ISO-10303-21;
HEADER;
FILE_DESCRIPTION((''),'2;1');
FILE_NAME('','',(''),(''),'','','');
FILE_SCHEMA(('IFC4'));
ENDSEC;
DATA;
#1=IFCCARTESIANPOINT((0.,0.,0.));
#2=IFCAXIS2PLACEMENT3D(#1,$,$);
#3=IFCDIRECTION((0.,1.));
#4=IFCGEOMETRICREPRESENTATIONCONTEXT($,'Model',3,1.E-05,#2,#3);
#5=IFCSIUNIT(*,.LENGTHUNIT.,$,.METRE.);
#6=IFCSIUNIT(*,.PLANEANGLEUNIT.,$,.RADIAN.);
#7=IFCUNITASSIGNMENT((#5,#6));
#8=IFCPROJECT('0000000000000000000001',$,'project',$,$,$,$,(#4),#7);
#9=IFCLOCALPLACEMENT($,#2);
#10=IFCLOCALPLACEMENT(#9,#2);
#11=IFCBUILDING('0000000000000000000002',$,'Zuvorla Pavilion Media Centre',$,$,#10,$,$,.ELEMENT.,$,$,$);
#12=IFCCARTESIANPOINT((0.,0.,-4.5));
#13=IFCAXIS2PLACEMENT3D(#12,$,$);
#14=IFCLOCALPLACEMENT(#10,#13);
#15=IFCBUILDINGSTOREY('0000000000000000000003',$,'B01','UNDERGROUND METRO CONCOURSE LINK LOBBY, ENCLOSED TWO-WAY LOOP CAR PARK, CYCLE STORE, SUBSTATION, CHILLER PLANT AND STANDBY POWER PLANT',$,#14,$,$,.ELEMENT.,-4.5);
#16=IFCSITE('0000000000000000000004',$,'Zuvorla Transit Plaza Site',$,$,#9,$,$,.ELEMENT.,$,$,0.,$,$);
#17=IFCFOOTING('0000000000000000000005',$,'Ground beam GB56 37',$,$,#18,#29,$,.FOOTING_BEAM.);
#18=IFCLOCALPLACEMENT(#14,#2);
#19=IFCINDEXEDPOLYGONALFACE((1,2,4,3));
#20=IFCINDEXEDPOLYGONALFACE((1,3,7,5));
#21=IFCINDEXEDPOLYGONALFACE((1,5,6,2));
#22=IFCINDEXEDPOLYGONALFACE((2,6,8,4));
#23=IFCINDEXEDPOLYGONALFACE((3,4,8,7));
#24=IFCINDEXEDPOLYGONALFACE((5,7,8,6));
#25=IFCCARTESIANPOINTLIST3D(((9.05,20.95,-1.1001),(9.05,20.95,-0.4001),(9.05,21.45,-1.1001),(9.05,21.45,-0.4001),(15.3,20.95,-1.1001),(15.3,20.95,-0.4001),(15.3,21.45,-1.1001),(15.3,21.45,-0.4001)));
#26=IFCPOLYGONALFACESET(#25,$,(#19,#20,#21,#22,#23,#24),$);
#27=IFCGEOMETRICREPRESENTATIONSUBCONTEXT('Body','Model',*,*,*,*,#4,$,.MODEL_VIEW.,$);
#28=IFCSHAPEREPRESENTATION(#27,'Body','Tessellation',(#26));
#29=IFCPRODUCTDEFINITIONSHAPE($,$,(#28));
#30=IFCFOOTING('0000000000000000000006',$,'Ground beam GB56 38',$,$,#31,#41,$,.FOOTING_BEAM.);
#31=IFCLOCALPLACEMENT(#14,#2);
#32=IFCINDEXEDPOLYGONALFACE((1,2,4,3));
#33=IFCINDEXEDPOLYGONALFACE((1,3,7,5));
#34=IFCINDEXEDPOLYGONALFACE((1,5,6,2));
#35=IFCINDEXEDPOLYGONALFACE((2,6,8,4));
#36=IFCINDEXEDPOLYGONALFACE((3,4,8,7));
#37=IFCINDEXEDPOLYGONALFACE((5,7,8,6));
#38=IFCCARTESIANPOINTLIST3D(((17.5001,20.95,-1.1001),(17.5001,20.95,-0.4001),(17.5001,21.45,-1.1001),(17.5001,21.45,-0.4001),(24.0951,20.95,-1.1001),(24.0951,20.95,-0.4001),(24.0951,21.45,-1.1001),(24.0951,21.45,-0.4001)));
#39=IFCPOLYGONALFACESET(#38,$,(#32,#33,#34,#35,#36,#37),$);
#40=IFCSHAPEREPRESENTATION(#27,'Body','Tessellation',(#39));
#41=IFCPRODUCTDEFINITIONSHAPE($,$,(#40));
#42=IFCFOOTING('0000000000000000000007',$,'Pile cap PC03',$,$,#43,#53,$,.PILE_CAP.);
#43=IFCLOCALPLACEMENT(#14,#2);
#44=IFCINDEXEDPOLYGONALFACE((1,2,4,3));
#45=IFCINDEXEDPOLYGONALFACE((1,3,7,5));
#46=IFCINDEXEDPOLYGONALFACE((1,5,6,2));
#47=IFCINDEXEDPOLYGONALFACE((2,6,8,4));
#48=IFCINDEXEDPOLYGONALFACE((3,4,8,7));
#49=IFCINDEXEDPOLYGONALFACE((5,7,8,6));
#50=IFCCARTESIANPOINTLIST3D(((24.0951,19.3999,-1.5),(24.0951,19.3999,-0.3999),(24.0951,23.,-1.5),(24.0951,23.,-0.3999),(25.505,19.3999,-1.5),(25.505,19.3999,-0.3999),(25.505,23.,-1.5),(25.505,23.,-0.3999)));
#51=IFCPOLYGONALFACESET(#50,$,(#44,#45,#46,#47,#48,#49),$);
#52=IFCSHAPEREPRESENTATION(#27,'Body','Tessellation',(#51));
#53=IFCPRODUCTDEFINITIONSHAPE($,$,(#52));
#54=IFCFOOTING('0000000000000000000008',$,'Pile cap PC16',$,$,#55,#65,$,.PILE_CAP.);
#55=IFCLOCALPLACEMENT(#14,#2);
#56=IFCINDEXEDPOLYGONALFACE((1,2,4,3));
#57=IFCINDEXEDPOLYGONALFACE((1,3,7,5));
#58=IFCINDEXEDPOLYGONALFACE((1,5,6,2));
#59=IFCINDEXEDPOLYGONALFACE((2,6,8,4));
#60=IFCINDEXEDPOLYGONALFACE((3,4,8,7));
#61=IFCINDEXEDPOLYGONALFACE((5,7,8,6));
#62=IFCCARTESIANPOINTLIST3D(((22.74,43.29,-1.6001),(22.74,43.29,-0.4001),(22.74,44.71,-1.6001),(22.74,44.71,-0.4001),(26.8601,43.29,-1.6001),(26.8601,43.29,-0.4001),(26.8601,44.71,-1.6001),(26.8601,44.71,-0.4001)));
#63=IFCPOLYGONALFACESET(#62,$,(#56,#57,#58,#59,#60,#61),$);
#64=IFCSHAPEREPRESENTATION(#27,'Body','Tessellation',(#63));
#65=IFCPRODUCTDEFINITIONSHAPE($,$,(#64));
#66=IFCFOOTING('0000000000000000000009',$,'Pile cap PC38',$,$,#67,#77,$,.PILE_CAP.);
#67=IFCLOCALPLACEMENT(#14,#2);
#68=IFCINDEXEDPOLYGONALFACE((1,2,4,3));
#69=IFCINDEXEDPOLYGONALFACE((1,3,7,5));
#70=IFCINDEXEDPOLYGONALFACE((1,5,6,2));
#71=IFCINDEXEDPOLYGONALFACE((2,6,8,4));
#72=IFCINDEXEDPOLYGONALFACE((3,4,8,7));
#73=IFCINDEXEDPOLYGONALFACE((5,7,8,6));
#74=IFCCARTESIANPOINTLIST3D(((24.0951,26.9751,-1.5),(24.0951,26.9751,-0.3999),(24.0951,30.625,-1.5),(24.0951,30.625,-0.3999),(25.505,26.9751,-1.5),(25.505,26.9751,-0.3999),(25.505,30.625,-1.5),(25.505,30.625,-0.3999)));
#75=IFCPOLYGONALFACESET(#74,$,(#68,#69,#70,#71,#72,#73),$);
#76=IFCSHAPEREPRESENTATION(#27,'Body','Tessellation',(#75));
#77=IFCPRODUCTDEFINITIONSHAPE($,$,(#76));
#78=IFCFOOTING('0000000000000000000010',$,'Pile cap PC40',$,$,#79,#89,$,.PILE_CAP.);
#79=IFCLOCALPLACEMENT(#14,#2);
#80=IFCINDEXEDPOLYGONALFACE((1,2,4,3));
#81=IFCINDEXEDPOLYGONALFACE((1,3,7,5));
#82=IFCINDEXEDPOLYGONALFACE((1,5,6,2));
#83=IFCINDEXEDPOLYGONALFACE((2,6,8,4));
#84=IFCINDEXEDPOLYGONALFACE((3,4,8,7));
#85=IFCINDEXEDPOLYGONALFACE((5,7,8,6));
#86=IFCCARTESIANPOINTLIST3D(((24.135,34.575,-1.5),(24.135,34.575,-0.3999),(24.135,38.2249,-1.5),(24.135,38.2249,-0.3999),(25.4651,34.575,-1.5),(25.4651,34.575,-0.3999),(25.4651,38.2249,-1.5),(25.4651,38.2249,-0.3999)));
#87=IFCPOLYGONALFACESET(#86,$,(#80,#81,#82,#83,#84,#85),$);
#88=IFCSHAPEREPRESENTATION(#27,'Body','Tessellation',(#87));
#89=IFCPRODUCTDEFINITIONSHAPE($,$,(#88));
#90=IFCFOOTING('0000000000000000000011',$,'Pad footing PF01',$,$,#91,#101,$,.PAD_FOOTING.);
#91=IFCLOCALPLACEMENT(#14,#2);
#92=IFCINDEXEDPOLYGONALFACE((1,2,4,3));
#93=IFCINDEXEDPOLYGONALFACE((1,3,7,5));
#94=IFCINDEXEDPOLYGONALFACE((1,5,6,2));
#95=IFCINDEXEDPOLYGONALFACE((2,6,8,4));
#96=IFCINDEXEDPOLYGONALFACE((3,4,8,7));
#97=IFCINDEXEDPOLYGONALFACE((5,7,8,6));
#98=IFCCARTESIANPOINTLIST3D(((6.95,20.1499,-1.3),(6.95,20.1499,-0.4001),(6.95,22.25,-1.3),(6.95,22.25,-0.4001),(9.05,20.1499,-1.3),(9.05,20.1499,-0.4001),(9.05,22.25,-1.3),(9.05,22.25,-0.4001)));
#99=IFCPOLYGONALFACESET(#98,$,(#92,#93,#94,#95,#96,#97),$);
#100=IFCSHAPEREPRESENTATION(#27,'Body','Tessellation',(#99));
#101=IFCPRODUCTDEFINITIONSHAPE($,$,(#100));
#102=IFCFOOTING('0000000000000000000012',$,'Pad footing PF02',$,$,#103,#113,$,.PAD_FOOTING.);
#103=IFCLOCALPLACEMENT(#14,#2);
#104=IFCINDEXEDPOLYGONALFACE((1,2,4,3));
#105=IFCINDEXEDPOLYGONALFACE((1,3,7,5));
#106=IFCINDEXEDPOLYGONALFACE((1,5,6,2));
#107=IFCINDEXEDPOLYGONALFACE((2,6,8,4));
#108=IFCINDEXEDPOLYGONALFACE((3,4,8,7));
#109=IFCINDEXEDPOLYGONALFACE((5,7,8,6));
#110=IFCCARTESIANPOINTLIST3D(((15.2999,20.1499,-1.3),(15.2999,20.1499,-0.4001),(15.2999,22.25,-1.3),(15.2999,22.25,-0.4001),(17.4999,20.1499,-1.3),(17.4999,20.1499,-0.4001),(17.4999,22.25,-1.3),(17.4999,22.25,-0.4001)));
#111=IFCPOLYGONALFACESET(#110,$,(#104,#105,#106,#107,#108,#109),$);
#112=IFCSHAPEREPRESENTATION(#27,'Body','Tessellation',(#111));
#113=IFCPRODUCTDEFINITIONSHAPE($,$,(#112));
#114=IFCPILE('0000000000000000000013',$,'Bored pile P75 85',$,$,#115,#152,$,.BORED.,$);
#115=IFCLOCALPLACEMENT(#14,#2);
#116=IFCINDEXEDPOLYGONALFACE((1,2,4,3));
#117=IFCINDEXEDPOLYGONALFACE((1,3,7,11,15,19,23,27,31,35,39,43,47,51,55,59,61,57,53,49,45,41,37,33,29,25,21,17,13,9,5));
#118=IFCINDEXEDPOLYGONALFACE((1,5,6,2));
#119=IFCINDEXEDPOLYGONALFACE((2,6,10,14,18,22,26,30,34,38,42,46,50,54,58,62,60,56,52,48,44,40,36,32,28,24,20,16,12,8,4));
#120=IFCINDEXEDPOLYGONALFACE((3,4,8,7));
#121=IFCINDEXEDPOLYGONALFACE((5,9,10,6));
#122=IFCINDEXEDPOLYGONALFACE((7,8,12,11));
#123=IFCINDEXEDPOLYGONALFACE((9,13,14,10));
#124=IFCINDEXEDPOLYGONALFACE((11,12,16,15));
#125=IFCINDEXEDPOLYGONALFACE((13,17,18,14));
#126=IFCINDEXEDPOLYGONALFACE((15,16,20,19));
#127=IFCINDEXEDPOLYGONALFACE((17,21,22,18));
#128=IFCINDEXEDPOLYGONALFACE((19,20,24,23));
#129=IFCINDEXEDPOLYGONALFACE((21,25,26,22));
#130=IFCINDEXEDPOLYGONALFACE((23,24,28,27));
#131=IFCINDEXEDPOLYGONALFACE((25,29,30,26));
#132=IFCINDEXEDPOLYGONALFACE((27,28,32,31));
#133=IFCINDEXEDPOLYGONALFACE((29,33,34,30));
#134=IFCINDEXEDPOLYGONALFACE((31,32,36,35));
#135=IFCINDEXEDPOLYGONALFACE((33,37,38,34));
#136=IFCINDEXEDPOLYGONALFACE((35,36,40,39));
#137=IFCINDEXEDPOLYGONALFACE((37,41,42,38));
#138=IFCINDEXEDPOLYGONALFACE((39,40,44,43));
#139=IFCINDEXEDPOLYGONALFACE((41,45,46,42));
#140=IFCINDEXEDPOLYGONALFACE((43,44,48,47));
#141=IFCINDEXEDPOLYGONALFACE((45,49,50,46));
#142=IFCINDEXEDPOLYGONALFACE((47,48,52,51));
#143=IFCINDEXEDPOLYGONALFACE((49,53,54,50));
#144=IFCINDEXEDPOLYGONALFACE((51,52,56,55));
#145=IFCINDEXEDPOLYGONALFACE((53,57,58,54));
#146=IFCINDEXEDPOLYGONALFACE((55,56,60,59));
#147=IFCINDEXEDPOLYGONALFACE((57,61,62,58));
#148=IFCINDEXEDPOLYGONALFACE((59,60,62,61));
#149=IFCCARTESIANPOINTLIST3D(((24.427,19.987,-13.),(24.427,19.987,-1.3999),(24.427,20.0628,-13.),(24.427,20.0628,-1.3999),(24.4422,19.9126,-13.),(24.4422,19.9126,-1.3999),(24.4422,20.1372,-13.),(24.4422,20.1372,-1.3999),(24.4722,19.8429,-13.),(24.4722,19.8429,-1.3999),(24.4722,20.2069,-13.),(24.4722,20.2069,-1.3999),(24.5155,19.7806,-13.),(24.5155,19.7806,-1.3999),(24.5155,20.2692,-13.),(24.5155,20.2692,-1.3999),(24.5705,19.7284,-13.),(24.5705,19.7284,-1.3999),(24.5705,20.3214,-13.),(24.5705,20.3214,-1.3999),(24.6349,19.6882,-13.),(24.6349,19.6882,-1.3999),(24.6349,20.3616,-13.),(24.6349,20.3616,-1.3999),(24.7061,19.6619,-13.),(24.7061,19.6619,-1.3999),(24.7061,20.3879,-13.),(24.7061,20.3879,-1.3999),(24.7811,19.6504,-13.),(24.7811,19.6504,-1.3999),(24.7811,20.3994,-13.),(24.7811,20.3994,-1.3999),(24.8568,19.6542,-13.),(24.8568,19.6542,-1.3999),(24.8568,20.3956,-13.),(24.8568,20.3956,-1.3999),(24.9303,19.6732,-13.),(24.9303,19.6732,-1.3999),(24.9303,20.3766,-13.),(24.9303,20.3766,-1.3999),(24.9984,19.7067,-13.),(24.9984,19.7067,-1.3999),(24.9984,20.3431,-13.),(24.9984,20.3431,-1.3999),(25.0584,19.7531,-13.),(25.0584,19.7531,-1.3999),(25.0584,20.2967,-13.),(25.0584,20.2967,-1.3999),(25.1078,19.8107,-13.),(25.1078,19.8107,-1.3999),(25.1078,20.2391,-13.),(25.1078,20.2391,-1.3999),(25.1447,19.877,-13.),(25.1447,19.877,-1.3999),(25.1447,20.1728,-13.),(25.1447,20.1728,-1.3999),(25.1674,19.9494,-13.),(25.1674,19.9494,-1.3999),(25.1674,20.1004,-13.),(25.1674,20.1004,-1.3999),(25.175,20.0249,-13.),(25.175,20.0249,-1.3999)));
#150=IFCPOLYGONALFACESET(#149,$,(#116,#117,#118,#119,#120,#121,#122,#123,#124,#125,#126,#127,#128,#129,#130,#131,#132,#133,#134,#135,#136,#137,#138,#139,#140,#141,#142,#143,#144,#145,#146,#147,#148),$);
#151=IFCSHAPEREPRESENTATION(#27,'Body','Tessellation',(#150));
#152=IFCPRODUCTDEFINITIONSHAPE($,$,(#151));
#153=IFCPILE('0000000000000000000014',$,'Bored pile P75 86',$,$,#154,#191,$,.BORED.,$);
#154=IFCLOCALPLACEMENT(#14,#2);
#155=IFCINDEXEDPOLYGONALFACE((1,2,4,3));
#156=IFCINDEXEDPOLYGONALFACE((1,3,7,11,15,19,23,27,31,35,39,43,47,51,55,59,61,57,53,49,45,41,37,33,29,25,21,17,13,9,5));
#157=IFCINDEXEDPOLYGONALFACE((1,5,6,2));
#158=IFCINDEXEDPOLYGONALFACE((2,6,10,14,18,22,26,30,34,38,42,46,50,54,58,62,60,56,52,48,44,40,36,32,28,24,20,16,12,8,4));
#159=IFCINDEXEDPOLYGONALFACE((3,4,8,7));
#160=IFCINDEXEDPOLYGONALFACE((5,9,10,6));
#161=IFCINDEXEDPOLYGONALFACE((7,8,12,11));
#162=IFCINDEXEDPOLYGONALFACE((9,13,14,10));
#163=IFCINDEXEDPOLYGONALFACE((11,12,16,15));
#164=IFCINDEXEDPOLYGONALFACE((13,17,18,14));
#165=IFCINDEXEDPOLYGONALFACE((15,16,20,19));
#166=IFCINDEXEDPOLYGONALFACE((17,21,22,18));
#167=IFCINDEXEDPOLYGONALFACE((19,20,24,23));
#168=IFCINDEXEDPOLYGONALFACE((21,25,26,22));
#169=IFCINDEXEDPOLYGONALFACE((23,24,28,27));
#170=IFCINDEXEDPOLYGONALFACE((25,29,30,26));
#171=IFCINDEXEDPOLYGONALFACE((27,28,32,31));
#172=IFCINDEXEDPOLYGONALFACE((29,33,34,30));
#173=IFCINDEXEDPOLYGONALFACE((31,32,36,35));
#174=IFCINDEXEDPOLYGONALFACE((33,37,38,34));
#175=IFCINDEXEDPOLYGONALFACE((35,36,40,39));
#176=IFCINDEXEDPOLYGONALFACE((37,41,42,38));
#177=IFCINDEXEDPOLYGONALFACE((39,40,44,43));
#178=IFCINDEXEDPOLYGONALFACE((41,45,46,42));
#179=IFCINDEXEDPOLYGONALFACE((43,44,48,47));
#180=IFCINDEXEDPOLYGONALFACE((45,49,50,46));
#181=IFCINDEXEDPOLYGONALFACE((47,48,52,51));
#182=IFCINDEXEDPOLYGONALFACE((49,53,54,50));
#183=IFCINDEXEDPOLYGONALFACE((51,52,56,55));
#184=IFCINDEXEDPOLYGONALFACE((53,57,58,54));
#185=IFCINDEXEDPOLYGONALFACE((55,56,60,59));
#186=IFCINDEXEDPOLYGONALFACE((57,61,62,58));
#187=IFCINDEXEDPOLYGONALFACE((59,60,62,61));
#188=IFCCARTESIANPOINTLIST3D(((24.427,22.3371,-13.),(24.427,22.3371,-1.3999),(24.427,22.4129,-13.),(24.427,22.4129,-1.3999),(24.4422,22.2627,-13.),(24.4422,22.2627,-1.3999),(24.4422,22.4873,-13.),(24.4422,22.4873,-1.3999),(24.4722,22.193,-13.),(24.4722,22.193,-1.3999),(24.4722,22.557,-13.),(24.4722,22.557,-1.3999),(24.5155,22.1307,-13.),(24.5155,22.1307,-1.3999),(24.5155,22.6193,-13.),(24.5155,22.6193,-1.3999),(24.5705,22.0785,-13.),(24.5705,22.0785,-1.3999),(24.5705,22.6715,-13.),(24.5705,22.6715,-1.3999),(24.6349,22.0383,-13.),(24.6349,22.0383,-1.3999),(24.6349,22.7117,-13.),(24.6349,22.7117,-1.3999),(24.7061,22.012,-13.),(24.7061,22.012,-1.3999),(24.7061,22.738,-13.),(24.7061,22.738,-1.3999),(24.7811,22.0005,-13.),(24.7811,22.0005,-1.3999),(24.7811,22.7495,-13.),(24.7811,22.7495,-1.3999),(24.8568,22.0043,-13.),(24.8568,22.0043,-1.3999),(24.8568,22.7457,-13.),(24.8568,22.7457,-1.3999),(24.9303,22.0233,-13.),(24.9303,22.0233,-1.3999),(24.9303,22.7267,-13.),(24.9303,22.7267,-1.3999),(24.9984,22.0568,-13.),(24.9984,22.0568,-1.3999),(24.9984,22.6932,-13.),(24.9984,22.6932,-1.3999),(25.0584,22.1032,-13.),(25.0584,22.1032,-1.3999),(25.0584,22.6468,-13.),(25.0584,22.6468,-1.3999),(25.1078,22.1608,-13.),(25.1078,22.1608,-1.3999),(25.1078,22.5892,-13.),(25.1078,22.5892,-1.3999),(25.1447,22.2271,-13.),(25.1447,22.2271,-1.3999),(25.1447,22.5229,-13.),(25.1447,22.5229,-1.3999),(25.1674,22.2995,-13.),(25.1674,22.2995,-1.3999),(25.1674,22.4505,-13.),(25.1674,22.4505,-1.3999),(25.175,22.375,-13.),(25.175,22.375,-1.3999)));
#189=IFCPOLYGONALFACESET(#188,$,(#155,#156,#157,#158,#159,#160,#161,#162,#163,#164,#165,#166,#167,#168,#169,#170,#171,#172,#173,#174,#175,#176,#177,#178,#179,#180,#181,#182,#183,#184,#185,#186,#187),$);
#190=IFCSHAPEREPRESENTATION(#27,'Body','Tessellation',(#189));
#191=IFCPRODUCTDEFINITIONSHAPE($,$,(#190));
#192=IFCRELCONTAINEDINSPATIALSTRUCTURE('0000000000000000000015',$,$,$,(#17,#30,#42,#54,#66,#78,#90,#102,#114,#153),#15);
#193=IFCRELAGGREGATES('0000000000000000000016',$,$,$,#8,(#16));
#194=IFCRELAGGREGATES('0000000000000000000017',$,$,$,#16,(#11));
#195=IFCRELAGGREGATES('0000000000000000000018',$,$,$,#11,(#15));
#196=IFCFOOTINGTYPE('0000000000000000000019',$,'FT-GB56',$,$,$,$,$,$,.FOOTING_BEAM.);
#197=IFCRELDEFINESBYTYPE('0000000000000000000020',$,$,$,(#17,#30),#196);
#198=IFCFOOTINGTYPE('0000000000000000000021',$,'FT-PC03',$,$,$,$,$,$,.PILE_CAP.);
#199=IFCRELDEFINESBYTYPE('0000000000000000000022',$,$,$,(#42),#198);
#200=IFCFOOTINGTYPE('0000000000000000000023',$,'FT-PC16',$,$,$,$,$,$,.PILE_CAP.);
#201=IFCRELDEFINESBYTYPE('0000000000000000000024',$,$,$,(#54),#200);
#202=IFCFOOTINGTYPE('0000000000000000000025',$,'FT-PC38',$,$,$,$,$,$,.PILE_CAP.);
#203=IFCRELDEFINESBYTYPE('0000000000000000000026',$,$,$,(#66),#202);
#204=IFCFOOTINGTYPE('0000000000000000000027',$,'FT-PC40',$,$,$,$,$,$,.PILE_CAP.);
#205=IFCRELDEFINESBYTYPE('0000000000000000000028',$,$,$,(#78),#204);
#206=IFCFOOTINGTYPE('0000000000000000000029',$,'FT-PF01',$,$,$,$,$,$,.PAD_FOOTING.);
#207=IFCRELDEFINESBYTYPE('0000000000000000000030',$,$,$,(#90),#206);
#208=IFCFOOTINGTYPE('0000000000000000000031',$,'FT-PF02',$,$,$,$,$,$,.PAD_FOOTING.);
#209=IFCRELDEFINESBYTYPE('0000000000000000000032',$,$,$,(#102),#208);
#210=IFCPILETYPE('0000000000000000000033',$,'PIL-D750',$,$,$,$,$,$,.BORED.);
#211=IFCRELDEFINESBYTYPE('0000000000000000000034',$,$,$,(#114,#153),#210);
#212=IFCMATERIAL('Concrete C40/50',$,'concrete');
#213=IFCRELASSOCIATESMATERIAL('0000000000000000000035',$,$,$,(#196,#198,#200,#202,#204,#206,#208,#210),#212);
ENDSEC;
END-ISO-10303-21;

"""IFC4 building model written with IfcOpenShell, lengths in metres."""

from ifc_helpers import new_model, si_unit, direction, frame, origin, origin_2d, place, context, subcontext, project, spatial, rectangle, circle, extrude, material, material_profile, profile_set, type_object, element, save


model = new_model("IFC4")

# Units and contexts
model_context = context("Model", 3, precision=1e-05, world=origin(), true_north=direction((0.0, 1.0)))
body_context = subcontext(model_context, "Body", "Model", "MODEL_VIEW")
ifc_project = project(units=[si_unit("LENGTHUNIT", "METRE"), si_unit("PLANEANGLEUNIT", "RADIAN")], contexts=[model_context])

# Site, building, storey
site_placement = place(None, origin())
site = spatial("IfcSite", under=ifc_project, at=site_placement, Name="Zuvorla Transit Plaza Site", CompositionType="ELEMENT", RefElevation=0.0)
building_placement = place(site_placement, origin())
building = spatial("IfcBuilding", under=site, at=building_placement, Name="Zuvorla Pavilion Media Centre", CompositionType="ELEMENT")
storey_placement = place(building_placement, frame((0.0, 0.0, -4.5)))
storey = spatial("IfcBuildingStorey", under=building, at=storey_placement, Name="B01", Description="UNDERGROUND METRO CONCOURSE LINK LOBBY, ENCLOSED TWO-WAY LOOP CAR PARK, CYCLE STORE, SUBSTATION, CHILLER PLANT AND STANDBY POWER PLANT", CompositionType="ELEMENT", Elevation=-4.5)

# Footings
ifc_material = material(Name="Concrete C40/50", Category="concrete")
footing_type_1 = type_object("IfcFootingType", Name="FT-GB56", PredefinedType="FOOTING_BEAM", material=ifc_material)
footing_1_placement = place(storey_placement, frame((12.175, 21.2, -1.1001), z_axis=(0.0, 0.0, 1.0), x_axis=(1.0, 0.0, 0.0)))
element("IfcFooting", 1, at=footing_1_placement, inside=storey, type_object=footing_type_1, Name="Ground beam GB56 37", PredefinedType="FOOTING_BEAM", context=body_context, shape_type="SweptSolid", body=[
    extrude(rectangle(XDim=6.25, YDim=0.5, at=origin_2d()), origin(), (0.0, 0.0, 1.0), 0.7),
])
footing_2_placement = place(storey_placement, frame((20.7976, 21.2, -1.1001), z_axis=(0.0, 0.0, 1.0), x_axis=(1.0, 0.0, 0.0)))
element("IfcFooting", 2, at=footing_2_placement, inside=storey, type_object=footing_type_1, Name="Ground beam GB56 38", PredefinedType="FOOTING_BEAM", context=body_context, shape_type="SweptSolid", body=[
    extrude(rectangle(XDim=6.595, YDim=0.5, at=origin_2d()), origin(), (0.0, 0.0, 1.0), 0.7),
])
footing_type_2 = type_object("IfcFootingType", Name="FT-PC03", PredefinedType="PILE_CAP", material=ifc_material)
footing_3_placement = place(storey_placement, frame((24.8, 21.2, -1.5), z_axis=(0.0, 0.0, 1.0), x_axis=(1.0, 0.0, 0.0)))
element("IfcFooting", 3, at=footing_3_placement, inside=storey, type_object=footing_type_2, Name="Pile cap PC03", PredefinedType="PILE_CAP", context=body_context, shape_type="SweptSolid", body=[
    extrude(rectangle(XDim=1.4099, YDim=3.6001, at=origin_2d()), origin(), (0.0, 0.0, 1.0), 1.1001),
])
footing_type_3 = type_object("IfcFootingType", Name="FT-PC16", PredefinedType="PILE_CAP", material=ifc_material)
footing_4_placement = place(storey_placement, frame((24.8, 44.0, -1.6001), z_axis=(0.0, 0.0, 1.0), x_axis=(1.0, 0.0, 0.0)))
element("IfcFooting", 4, at=footing_4_placement, inside=storey, type_object=footing_type_3, Name="Pile cap PC16", PredefinedType="PILE_CAP", context=body_context, shape_type="SweptSolid", body=[
    extrude(rectangle(XDim=4.1201, YDim=1.4199, at=origin_2d()), origin(), (0.0, 0.0, 1.0), 1.2),
])
footing_type_4 = type_object("IfcFootingType", Name="FT-PC38", PredefinedType="PILE_CAP", material=ifc_material)
footing_5_placement = place(storey_placement, frame((24.8, 28.8, -1.5), z_axis=(0.0, 0.0, 1.0), x_axis=(1.0, 0.0, 0.0)))
element("IfcFooting", 5, at=footing_5_placement, inside=storey, type_object=footing_type_4, Name="Pile cap PC38", PredefinedType="PILE_CAP", context=body_context, shape_type="SweptSolid", body=[
    extrude(rectangle(XDim=1.4099, YDim=3.6499, at=origin_2d()), origin(), (0.0, 0.0, 1.0), 1.1001),
])
footing_type_5 = type_object("IfcFootingType", Name="FT-PC40", PredefinedType="PILE_CAP", material=ifc_material)
footing_6_placement = place(storey_placement, frame((24.8, 36.3999, -1.5), z_axis=(0.0, 0.0, 1.0), x_axis=(1.0, 0.0, 0.0)))
element("IfcFooting", 6, at=footing_6_placement, inside=storey, type_object=footing_type_5, Name="Pile cap PC40", PredefinedType="PILE_CAP", context=body_context, shape_type="SweptSolid", body=[
    extrude(rectangle(XDim=1.3301, YDim=3.6499, at=origin_2d()), origin(), (0.0, 0.0, 1.0), 1.1001),
])
footing_type_6 = type_object("IfcFootingType", Name="FT-PF01", PredefinedType="PAD_FOOTING", material=ifc_material)
footing_7_placement = place(storey_placement, frame((8.0, 21.2, -1.3), z_axis=(0.0, 0.0, 1.0), x_axis=(1.0, 0.0, 0.0)))
element("IfcFooting", 7, at=footing_7_placement, inside=storey, type_object=footing_type_6, Name="Pad footing PF01", PredefinedType="PAD_FOOTING", context=body_context, shape_type="SweptSolid", body=[
    extrude(rectangle(XDim=2.1001, YDim=2.1001, at=origin_2d()), origin(), (0.0, 0.0, 1.0), 0.8999),
])
footing_type_7 = type_object("IfcFootingType", Name="FT-PF02", PredefinedType="PAD_FOOTING", material=ifc_material)
footing_8_placement = place(storey_placement, frame((16.3999, 21.2, -1.3), z_axis=(0.0, 0.0, 1.0), x_axis=(1.0, 0.0, 0.0)))
element("IfcFooting", 8, at=footing_8_placement, inside=storey, type_object=footing_type_7, Name="Pad footing PF02", PredefinedType="PAD_FOOTING", context=body_context, shape_type="SweptSolid", body=[
    extrude(rectangle(XDim=2.2, YDim=2.1001, at=origin_2d()), origin(), (0.0, 0.0, 1.0), 0.8999),
])

# Piles
ifc_material_profile_1 = material_profile(ifc_material, circle(Radius=0.375, at=origin_2d()), Name="BORED PILE 750")
ifc_profile_set_1 = profile_set([ifc_material_profile_1], Name="Concrete C40/50")
pile_type_1 = type_object("IfcPileType", Name="PIL-D750", PredefinedType="BORED", material=ifc_profile_set_1)
for number, where, z_axis, x_axis, name in (
    (9, (24.8, 20.0249, -1.3999), (0.0, 0.0, -1.0), (1.0, 0.0, 0.0), "Bored pile P75 85"),
    (10, (24.8, 22.375, -1.3999), (0.0, 0.0, -1.0), (1.0, 0.0, 0.0), "Bored pile P75 86"),
):
    element("IfcPile", number, at=place(storey_placement, frame(where, z_axis=z_axis, x_axis=x_axis)), inside=storey, type_object=pile_type_1, Name=name, PredefinedType="BORED", context=body_context, shape_type="SweptSolid", body=[
        extrude(circle(Radius=0.375, at=origin_2d()), origin(), (0.0, 0.0, 1.0), 11.6001),
    ])

save(model, "model.ifc")
